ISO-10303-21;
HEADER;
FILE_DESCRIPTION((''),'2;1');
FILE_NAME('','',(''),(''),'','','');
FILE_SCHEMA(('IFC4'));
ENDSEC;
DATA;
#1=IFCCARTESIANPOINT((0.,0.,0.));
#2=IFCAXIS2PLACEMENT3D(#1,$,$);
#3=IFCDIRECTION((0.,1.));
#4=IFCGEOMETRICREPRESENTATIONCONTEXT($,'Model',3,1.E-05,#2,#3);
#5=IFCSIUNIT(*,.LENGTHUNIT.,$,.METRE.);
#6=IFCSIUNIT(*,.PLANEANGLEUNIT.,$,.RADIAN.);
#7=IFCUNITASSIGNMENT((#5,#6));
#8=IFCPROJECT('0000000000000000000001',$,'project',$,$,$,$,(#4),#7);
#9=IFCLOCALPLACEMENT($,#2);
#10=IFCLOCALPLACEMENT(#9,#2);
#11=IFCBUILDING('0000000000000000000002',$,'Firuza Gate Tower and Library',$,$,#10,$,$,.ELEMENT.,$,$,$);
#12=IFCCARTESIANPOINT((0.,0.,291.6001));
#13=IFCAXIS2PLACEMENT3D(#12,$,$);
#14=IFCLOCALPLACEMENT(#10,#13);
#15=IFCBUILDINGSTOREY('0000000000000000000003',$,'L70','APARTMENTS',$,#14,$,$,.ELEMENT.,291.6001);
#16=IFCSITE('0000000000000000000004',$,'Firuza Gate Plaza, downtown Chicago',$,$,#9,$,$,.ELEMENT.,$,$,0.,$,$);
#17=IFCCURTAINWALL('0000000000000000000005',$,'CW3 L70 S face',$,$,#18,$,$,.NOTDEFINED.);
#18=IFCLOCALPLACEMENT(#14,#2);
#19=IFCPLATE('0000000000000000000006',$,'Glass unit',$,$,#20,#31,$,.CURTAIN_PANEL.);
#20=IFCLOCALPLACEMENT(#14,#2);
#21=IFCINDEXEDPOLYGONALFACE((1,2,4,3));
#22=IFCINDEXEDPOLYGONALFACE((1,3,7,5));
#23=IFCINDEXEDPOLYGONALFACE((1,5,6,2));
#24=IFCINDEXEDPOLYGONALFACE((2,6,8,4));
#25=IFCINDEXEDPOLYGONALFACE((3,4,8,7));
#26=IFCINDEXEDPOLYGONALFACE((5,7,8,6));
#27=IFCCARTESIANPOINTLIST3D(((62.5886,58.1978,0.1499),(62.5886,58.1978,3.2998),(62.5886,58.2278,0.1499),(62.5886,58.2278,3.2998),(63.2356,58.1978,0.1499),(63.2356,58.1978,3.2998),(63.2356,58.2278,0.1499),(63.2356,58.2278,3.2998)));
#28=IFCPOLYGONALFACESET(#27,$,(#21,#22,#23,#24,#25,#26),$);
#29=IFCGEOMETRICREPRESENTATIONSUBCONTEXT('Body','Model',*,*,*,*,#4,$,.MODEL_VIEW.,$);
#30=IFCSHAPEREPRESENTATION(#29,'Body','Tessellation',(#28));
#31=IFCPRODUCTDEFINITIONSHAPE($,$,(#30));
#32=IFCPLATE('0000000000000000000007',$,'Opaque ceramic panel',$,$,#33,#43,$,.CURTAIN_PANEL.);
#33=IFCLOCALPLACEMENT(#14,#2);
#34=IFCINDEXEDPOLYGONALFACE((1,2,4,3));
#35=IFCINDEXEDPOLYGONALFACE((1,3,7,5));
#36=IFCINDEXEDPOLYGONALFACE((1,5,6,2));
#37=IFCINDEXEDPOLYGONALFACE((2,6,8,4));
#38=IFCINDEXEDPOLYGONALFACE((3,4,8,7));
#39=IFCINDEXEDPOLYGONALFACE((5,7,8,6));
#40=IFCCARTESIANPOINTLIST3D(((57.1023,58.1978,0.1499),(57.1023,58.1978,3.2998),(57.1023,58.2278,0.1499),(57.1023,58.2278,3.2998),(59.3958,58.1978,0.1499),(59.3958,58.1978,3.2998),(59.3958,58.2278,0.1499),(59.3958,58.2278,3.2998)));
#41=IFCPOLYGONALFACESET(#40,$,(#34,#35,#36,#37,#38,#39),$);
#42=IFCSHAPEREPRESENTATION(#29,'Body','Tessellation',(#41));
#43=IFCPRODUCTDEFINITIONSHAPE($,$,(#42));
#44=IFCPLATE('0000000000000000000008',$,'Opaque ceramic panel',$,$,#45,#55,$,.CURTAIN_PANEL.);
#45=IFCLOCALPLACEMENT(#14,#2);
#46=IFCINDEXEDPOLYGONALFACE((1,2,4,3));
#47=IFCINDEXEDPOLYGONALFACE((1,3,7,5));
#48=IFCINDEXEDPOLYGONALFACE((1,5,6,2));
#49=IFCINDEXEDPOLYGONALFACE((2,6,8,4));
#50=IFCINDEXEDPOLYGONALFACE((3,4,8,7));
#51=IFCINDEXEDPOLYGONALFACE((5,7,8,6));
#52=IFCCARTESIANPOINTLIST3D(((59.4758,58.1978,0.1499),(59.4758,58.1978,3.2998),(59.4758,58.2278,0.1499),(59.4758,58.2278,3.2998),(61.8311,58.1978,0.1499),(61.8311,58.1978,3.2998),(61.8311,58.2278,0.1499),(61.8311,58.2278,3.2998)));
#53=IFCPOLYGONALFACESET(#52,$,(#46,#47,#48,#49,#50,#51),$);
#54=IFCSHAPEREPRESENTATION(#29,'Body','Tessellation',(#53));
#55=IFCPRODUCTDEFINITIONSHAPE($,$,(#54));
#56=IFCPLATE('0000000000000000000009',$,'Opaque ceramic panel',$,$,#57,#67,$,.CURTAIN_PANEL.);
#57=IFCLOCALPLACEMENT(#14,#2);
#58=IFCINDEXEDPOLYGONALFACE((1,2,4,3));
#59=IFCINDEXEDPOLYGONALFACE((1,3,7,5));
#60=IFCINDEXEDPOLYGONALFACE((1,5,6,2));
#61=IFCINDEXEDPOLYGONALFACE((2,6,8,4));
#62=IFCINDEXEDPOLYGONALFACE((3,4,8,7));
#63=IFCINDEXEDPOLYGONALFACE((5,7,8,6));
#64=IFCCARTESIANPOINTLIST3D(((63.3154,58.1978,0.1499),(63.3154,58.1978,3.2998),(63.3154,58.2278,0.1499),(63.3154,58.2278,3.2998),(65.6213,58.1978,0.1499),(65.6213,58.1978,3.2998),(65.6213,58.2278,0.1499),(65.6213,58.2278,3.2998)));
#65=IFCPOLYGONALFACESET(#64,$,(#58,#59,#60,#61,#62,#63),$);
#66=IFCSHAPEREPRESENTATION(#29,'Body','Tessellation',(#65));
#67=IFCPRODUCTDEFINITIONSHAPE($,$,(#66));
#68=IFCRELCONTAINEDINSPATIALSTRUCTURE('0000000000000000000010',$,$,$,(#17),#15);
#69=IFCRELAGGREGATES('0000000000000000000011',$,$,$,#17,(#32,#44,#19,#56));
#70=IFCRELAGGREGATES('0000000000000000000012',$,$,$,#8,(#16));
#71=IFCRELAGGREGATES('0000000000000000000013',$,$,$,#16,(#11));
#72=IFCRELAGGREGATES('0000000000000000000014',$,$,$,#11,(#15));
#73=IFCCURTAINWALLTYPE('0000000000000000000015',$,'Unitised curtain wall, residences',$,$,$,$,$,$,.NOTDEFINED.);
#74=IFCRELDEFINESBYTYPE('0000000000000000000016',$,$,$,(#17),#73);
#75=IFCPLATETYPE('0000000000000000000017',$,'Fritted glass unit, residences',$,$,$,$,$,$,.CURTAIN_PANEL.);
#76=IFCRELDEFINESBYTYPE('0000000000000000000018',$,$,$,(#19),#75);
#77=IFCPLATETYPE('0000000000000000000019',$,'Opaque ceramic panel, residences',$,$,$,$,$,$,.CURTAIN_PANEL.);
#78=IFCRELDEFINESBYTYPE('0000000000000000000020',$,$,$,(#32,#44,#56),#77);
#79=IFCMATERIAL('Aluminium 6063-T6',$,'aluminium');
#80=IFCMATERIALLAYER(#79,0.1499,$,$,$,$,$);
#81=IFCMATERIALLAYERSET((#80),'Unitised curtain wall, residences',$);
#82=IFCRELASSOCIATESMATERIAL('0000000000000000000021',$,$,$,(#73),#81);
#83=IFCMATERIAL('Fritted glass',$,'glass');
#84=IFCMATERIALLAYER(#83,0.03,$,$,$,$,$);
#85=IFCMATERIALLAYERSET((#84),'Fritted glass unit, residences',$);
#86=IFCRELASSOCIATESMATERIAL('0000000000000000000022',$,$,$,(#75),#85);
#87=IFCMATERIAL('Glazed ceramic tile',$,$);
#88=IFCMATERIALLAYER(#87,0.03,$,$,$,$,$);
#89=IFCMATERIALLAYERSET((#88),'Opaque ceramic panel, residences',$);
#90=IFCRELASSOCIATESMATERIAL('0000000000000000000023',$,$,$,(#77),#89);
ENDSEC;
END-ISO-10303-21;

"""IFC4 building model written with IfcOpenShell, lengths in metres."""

from ifc_helpers import new_model, si_unit, direction, frame, origin, place, context, subcontext, project, spatial, polyline, outline, extrude, material, layer, layer_set, type_object, element, aggregate, save


model = new_model("IFC4")

# Units and contexts
model_context = context("Model", 3, precision=1e-05, world=origin(), true_north=direction((0.0, 1.0)))
body_context = subcontext(model_context, "Body", "Model", "MODEL_VIEW")
ifc_project = project(units=[si_unit("LENGTHUNIT", "METRE"), si_unit("PLANEANGLEUNIT", "RADIAN")], contexts=[model_context])

# Site, building, storey
site_placement = place(None, origin())
site = spatial("IfcSite", under=ifc_project, at=site_placement, Name="Firuza Gate Plaza, downtown Chicago", CompositionType="ELEMENT", RefElevation=0.0)
building_placement = place(site_placement, origin())
building = spatial("IfcBuilding", under=site, at=building_placement, Name="Firuza Gate Tower and Library", CompositionType="ELEMENT")
storey_placement = place(building_placement, frame((0.0, 0.0, 291.6001)))
storey = spatial("IfcBuildingStorey", under=building, at=storey_placement, Name="L70", Description="APARTMENTS", CompositionType="ELEMENT", Elevation=291.6001)

# Curtain wall, plates
ifc_material_1 = material(Name="Aluminium 6063-T6", Category="aluminium")
ifc_layer_1 = layer(ifc_material_1, 0.1499)
ifc_layer_set_1 = layer_set([ifc_layer_1], Name="Unitised curtain wall, residences")
curtain_wall_type = type_object("IfcCurtainWallType", Name="Unitised curtain wall, residences", PredefinedType="NOTDEFINED", material=ifc_layer_set_1)
curtain_wall_placement = place(storey_placement, origin())
curtain_wall = element("IfcCurtainWall", 1, at=curtain_wall_placement, inside=storey, type_object=curtain_wall_type, Name="CW3 L70 S face", PredefinedType="NOTDEFINED")
ifc_material_2 = material(Name="Fritted glass", Category="glass")
ifc_layer_2 = layer(ifc_material_2, 0.03)
ifc_layer_set_2 = layer_set([ifc_layer_2], Name="Fritted glass unit, residences")
plate_type_1 = type_object("IfcPlateType", Name="Fritted glass unit, residences", PredefinedType="CURTAIN_PANEL", material=ifc_layer_set_2)
plate_1_placement = place(storey_placement, frame((62.5886, 58.1978, 0.1499), z_axis=(0.0, -1.0, 0.0), x_axis=(1.0, 0.0, 0.0)))
plate_1 = element("IfcPlate", 2, at=plate_1_placement, type_object=plate_type_1, Name="Glass unit", PredefinedType="CURTAIN_PANEL", context=body_context, shape_type="SweptSolid", body=[
    extrude(outline(polyline([(0.0, 0.0), (0.647, 0.0), (0.647, 3.1499), (0.0, 3.1499), (0.0, 0.0)])), origin(), (0.0, 0.0, -1.0), 0.03),
])
ifc_material_3 = material(Name="Glazed ceramic tile")
ifc_layer_3 = layer(ifc_material_3, 0.03)
ifc_layer_set_3 = layer_set([ifc_layer_3], Name="Opaque ceramic panel, residences")
plate_type_2 = type_object("IfcPlateType", Name="Opaque ceramic panel, residences", PredefinedType="CURTAIN_PANEL", material=ifc_layer_set_3)
plate_2_placement = place(storey_placement, frame((57.1023, 58.1978, 0.1499), z_axis=(0.0, -1.0, 0.0), x_axis=(1.0, 0.0, 0.0)))
plate_2 = element("IfcPlate", 3, at=plate_2_placement, type_object=plate_type_2, Name="Opaque ceramic panel", PredefinedType="CURTAIN_PANEL", context=body_context, shape_type="SweptSolid", body=[
    extrude(outline(polyline([(0.0, 0.0), (2.2935, 0.0), (2.2935, 3.1499), (0.0, 3.1499), (0.0, 0.0)])), origin(), (0.0, 0.0, -1.0), 0.03),
])
plate_3_placement = place(storey_placement, frame((59.4758, 58.1978, 0.1499), z_axis=(0.0, -1.0, 0.0), x_axis=(1.0, 0.0, 0.0)))
plate_3 = element("IfcPlate", 4, at=plate_3_placement, type_object=plate_type_2, Name="Opaque ceramic panel", PredefinedType="CURTAIN_PANEL", context=body_context, shape_type="SweptSolid", body=[
    extrude(outline(polyline([(0.0, 0.0), (2.3552, 0.0), (2.3552, 3.1499), (0.0, 3.1499), (0.0, 0.0)])), origin(), (0.0, 0.0, -1.0), 0.03),
])
plate_4_placement = place(storey_placement, frame((63.3154, 58.1978, 0.1499), z_axis=(0.0, -1.0, 0.0), x_axis=(1.0, 0.0, 0.0)))
plate_4 = element("IfcPlate", 5, at=plate_4_placement, type_object=plate_type_2, Name="Opaque ceramic panel", PredefinedType="CURTAIN_PANEL", context=body_context, shape_type="SweptSolid", body=[
    extrude(outline(polyline([(0.0, 0.0), (2.3059, 0.0), (2.3059, 3.1499), (0.0, 3.1499), (0.0, 0.0)])), origin(), (0.0, 0.0, -1.0), 0.03),
])
aggregate(curtain_wall, [plate_2, plate_3, plate_1, plate_4])

save(model, "model.ifc")
